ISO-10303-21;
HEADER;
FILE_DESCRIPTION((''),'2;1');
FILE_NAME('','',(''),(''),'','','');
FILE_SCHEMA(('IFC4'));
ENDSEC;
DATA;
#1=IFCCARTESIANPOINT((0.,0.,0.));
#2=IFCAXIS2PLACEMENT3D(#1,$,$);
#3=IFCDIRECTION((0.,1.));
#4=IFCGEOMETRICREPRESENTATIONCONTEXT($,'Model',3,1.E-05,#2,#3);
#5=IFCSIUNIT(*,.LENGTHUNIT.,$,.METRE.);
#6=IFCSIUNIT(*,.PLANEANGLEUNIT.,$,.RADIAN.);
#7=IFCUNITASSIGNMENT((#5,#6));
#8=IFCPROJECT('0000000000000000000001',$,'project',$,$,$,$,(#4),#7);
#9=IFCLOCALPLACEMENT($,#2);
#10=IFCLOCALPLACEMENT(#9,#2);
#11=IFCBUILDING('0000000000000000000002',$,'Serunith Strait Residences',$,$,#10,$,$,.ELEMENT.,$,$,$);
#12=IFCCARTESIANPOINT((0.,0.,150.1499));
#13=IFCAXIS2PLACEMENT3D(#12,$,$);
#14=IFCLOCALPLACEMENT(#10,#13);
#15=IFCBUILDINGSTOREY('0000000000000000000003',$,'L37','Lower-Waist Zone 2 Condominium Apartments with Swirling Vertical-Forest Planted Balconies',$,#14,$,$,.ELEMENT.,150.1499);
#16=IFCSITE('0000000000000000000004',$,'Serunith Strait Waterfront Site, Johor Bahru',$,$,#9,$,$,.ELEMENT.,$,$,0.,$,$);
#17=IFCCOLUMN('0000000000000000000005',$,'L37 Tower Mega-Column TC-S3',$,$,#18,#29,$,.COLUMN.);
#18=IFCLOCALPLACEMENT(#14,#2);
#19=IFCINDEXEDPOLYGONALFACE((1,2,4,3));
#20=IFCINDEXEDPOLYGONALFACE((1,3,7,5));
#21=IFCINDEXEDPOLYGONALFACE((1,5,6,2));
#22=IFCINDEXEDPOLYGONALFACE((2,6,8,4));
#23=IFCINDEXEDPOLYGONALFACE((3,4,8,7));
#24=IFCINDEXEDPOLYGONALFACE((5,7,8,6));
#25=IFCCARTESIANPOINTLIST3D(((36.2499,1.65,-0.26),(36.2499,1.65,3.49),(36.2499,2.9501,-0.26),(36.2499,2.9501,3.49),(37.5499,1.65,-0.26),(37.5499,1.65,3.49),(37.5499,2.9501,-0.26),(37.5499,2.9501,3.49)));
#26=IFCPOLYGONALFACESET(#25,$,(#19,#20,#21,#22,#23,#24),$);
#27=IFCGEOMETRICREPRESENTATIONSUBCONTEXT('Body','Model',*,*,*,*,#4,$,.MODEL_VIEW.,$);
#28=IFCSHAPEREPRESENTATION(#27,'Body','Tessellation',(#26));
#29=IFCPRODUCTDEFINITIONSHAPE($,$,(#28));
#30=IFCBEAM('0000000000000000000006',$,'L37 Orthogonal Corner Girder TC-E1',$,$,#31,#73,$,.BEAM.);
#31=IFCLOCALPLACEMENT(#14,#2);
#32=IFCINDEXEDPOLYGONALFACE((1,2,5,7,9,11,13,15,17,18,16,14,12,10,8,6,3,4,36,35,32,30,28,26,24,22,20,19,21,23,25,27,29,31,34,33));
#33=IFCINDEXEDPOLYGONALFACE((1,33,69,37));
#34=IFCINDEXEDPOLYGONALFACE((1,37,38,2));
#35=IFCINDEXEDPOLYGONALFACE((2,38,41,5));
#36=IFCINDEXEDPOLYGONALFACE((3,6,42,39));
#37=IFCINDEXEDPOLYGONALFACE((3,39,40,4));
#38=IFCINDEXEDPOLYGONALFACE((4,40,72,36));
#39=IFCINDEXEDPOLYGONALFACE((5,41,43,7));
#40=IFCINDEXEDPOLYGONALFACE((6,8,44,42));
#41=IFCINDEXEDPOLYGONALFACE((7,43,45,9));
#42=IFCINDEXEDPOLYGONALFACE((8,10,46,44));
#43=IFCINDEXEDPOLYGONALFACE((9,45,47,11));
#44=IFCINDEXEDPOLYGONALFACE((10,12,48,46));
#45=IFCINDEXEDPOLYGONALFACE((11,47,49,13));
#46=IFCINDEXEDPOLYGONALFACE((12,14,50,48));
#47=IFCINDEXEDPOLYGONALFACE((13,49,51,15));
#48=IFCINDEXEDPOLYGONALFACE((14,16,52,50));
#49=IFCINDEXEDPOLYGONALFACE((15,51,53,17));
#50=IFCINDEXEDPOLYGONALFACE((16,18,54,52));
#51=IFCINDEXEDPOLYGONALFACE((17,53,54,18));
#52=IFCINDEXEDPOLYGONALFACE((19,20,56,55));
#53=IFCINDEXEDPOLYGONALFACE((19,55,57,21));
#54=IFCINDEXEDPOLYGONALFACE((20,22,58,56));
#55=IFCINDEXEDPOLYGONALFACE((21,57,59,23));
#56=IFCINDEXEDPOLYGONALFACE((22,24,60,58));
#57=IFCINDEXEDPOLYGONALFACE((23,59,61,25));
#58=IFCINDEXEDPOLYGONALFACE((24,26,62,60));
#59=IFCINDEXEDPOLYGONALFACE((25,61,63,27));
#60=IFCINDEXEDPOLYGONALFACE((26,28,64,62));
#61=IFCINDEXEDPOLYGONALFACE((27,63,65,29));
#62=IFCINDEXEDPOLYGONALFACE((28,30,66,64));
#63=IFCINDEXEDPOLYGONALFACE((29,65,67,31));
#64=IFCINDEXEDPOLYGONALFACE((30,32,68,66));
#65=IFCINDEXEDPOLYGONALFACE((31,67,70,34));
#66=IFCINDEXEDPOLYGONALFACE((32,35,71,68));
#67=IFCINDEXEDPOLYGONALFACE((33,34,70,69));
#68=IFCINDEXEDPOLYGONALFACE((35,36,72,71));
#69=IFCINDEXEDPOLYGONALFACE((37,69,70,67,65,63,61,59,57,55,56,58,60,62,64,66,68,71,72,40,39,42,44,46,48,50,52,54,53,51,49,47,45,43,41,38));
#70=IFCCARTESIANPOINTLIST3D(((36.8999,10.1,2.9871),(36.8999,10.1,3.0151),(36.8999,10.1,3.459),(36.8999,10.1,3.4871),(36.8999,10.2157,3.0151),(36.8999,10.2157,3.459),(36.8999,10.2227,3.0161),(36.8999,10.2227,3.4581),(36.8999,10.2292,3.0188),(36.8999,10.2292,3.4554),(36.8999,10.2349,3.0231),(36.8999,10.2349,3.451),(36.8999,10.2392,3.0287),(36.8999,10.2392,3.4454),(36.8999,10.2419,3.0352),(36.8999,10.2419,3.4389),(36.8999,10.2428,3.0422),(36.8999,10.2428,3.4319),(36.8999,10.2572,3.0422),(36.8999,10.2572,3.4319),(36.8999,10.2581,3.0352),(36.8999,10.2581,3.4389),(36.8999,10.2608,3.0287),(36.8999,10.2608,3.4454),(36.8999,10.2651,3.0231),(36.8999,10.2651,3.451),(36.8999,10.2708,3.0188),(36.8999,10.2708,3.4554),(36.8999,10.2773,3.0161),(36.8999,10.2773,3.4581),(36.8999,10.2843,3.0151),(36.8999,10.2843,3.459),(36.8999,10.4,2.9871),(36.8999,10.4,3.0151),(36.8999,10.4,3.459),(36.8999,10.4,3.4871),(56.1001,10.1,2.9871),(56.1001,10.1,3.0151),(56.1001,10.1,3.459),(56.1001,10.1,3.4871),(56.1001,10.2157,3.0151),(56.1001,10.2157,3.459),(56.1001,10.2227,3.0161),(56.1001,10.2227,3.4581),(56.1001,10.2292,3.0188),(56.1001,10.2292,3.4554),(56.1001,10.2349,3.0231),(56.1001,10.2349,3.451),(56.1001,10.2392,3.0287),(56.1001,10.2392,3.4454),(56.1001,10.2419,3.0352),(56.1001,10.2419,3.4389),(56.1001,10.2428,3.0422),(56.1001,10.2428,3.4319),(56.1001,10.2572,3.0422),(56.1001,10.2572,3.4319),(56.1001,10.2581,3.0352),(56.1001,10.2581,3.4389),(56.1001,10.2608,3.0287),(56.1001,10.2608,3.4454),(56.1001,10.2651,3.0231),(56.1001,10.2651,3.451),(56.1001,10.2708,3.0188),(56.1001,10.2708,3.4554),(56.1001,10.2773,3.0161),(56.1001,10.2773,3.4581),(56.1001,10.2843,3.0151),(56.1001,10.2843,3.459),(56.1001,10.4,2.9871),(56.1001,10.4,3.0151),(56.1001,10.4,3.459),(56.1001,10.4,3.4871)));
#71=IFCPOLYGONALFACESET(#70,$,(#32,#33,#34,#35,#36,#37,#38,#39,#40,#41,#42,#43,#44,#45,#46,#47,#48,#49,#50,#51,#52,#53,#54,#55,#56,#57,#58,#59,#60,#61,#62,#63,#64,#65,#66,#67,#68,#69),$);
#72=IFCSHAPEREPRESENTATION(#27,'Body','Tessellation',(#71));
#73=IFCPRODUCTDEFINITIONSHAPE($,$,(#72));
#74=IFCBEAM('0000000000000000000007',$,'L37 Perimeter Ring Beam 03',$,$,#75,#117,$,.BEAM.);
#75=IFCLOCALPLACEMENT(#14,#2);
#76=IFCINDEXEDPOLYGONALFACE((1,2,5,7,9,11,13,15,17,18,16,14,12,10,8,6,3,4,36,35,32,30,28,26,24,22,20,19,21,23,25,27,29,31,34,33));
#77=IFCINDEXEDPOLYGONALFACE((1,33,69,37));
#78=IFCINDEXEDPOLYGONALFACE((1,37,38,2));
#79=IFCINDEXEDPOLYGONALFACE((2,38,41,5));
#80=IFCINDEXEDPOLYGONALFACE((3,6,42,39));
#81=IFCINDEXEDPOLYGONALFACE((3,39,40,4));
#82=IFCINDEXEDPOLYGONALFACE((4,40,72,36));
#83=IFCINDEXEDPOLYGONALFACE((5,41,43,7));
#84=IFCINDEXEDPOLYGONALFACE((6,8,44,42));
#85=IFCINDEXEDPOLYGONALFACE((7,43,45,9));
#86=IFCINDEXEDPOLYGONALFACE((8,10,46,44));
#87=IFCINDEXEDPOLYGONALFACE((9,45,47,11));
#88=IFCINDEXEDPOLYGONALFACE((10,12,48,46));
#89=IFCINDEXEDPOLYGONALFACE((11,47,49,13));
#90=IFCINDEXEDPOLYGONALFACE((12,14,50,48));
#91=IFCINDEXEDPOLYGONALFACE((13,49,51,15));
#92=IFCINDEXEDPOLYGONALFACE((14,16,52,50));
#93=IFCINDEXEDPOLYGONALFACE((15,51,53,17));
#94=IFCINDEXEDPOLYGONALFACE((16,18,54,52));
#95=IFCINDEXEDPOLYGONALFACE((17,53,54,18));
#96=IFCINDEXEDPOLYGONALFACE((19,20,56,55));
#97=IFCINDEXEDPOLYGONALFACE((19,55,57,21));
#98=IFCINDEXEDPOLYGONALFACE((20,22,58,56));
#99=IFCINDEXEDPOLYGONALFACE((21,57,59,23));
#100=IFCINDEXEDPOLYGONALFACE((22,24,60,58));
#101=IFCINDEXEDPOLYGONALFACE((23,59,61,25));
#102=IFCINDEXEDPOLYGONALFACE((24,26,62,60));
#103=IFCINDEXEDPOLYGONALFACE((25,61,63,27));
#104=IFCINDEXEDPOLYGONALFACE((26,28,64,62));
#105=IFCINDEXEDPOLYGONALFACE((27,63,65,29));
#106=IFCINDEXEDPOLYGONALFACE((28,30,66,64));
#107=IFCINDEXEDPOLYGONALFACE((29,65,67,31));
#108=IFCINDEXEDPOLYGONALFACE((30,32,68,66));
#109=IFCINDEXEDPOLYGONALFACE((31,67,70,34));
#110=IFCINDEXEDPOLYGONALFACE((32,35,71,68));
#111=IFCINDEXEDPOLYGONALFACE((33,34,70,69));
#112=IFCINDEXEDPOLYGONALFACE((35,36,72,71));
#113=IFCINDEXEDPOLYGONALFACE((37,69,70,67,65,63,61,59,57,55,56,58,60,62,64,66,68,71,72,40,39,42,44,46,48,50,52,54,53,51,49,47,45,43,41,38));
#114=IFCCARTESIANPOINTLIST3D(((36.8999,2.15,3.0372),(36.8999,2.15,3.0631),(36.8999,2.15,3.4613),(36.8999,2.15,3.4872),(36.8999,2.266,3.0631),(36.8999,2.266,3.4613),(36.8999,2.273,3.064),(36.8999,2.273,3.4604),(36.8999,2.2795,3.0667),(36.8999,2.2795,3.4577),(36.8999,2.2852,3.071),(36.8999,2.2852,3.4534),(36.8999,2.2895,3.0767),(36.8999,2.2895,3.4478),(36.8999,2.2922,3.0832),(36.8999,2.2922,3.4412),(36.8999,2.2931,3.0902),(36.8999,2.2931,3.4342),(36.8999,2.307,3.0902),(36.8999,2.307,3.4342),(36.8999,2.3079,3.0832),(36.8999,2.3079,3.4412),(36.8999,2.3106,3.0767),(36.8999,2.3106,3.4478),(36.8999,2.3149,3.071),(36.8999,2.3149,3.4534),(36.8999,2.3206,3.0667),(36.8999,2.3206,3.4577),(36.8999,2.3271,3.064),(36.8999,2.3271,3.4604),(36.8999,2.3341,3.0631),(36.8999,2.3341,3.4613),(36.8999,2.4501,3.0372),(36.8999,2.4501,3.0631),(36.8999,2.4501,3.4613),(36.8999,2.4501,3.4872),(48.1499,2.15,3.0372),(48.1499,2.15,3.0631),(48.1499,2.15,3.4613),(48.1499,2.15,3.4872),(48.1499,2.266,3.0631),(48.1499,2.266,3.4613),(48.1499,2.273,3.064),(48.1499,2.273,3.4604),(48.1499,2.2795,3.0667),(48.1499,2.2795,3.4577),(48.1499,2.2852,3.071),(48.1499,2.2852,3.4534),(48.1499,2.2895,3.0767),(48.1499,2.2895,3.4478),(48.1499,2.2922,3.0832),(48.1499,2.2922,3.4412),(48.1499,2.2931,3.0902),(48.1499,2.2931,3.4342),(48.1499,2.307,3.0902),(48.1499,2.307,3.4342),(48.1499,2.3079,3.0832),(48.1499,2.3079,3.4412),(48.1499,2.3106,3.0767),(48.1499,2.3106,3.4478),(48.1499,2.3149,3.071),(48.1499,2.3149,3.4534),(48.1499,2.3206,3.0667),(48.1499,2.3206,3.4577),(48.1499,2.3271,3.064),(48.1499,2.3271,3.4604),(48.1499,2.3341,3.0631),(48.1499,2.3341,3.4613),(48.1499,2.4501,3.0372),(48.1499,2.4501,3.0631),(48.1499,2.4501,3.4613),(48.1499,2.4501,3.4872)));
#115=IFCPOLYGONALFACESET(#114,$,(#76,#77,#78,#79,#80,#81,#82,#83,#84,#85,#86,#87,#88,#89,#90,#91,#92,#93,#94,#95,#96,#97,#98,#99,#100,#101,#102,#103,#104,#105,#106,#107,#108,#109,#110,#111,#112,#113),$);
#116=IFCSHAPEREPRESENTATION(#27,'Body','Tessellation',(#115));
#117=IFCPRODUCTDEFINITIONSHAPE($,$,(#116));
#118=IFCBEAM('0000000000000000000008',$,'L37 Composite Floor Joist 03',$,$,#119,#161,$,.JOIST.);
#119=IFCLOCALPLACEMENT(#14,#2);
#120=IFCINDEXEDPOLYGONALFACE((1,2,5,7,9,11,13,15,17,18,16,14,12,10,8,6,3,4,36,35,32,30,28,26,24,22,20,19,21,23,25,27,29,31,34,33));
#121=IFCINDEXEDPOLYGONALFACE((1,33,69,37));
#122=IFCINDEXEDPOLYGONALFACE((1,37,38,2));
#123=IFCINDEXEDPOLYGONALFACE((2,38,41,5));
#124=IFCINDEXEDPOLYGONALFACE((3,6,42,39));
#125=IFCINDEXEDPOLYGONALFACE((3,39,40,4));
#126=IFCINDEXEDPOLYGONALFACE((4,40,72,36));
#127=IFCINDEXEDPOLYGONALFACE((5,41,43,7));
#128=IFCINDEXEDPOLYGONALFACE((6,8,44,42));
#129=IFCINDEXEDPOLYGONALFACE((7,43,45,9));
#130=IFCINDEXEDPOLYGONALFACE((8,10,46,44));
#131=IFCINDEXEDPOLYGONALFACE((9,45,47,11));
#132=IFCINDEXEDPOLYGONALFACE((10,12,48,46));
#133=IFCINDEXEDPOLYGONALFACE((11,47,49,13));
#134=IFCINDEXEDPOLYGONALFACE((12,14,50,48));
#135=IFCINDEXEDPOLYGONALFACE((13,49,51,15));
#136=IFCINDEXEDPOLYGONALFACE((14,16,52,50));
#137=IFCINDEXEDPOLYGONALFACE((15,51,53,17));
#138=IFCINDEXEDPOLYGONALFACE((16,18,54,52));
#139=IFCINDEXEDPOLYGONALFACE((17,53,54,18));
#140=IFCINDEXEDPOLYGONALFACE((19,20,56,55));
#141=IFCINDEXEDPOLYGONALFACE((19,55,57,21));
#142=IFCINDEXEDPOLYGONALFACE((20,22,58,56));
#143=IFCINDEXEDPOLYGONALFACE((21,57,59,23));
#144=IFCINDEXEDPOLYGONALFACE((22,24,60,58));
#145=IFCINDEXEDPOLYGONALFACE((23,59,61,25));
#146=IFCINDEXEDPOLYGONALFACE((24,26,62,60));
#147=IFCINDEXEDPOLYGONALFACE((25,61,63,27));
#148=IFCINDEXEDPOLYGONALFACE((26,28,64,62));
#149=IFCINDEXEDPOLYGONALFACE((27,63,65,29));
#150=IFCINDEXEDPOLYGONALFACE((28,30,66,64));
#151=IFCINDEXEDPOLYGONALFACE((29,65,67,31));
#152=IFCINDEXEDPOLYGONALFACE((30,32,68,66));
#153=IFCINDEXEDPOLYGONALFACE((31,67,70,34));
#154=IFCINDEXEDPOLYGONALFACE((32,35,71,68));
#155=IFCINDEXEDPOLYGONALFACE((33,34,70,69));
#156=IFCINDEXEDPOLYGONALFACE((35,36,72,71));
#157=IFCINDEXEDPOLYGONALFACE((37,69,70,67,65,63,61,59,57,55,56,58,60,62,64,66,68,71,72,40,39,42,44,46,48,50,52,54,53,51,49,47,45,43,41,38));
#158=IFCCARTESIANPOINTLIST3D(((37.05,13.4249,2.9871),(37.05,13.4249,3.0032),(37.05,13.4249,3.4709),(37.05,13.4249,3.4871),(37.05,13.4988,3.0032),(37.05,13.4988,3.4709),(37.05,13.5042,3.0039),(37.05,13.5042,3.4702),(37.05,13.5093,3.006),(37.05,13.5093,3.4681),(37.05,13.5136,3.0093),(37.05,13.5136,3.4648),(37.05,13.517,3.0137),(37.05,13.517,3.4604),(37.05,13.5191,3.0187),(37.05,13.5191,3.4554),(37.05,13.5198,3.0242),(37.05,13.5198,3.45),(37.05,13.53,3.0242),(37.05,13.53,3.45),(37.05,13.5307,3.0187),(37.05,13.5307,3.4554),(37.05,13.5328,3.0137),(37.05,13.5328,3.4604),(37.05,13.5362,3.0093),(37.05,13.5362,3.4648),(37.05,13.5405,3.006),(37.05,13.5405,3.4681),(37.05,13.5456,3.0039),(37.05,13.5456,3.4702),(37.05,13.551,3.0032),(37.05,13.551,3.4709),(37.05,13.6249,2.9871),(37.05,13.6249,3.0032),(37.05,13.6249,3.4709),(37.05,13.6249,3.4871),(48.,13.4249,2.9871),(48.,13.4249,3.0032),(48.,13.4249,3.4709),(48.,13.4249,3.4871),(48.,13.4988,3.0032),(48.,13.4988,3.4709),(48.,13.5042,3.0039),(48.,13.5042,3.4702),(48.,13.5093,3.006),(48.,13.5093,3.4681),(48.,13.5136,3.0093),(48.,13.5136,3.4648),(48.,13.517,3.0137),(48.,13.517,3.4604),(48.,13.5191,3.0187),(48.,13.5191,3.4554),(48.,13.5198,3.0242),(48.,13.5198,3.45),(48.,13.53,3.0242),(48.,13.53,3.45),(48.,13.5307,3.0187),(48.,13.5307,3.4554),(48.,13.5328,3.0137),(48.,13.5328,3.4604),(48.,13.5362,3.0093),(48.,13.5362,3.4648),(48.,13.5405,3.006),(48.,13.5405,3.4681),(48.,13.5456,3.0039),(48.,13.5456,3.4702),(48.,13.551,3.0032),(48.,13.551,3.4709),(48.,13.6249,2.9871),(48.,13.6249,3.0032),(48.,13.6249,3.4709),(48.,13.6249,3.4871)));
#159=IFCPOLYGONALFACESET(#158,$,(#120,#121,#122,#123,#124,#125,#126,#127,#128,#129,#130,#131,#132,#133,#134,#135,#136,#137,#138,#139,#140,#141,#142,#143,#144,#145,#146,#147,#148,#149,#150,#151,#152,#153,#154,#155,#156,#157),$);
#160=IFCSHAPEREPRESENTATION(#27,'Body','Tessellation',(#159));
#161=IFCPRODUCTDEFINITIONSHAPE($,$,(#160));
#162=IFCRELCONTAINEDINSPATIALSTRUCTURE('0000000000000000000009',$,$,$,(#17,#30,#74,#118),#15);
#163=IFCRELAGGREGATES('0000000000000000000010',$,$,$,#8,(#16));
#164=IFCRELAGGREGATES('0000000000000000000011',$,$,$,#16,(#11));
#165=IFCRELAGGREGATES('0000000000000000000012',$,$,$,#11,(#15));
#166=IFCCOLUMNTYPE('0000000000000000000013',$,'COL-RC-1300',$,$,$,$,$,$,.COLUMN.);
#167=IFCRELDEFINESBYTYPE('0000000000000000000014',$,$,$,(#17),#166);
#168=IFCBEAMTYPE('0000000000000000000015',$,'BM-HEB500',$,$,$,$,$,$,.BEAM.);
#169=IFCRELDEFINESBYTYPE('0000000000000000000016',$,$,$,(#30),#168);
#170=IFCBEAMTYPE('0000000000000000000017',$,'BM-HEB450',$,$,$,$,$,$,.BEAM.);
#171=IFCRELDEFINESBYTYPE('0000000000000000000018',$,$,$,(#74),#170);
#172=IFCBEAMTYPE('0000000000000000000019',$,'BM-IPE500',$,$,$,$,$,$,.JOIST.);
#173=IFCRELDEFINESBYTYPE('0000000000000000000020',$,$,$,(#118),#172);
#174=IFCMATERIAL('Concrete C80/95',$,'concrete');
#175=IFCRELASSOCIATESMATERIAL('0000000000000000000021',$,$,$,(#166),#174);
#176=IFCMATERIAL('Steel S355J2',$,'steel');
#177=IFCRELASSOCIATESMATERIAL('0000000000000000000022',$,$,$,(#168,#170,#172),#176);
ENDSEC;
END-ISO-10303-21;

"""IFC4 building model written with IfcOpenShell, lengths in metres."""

from ifc_helpers import new_model, si_unit, direction, frame, origin, origin_2d, place, context, subcontext, project, spatial, rectangle, i_section, extrude, source, transform, mapped, material, material_profile, profile_set, type_object, element, save


model = new_model("IFC4")

# Units and contexts
model_context = context("Model", 3, precision=1e-05, world=origin(), true_north=direction((0.0, 1.0)))
body_context = subcontext(model_context, "Body", "Model", "MODEL_VIEW")
ifc_project = project(units=[si_unit("LENGTHUNIT", "METRE"), si_unit("PLANEANGLEUNIT", "RADIAN")], contexts=[model_context])

# Site, building, storey
site_placement = place(None, origin())
site = spatial("IfcSite", under=ifc_project, at=site_placement, Name="Serunith Strait Waterfront Site, Johor Bahru", CompositionType="ELEMENT", RefElevation=0.0)
building_placement = place(site_placement, origin())
building = spatial("IfcBuilding", under=site, at=building_placement, Name="Serunith Strait Residences", CompositionType="ELEMENT")
storey_placement = place(building_placement, frame((0.0, 0.0, 150.1499)))
storey = spatial("IfcBuildingStorey", under=building, at=storey_placement, Name="L37", Description="Lower-Waist Zone 2 Condominium Apartments with Swirling Vertical-Forest Planted Balconies", CompositionType="ELEMENT", Elevation=150.1499)

# Column
ifc_material_1 = material(Name="Concrete C80/95", Category="concrete")
ifc_material_profile_1 = material_profile(ifc_material_1, rectangle(XDim=1.3, YDim=1.3, at=origin_2d()), Name="RC 1300x1300")
ifc_profile_set_1 = profile_set([ifc_material_profile_1], Name="Concrete C80/95")
column_type = type_object("IfcColumnType", Name="COL-RC-1300", PredefinedType="COLUMN", material=ifc_profile_set_1)
shared_shape_1 = source(origin(), body_context, "Body", "SweptSolid", [
    extrude(rectangle(XDim=1.3, YDim=1.3, at=origin_2d()), origin(), (0.0, 0.0, 1.0), 3.75),
])
column_placement = place(storey_placement, frame((36.8999, 2.3, -0.26), z_axis=(0.0, 0.0, 1.0), x_axis=(1.0, 0.0, 0.0)))
element("IfcColumn", 1, at=column_placement, inside=storey, type_object=column_type, Name="L37 Tower Mega-Column TC-S3", PredefinedType="COLUMN", context=body_context, shape_type="MappedRepresentation", body=[
    mapped(shared_shape_1, transform((0.0, 0.0, 0.0), scale=1.0)),
])

# Beams
ifc_material_2 = material(Name="Steel S355J2", Category="steel")
ifc_material_profile_2 = material_profile(ifc_material_2, i_section(OverallWidth=0.3, OverallDepth=0.5, WebThickness=0.0144, FlangeThickness=0.0281, FilletRadius=0.0271, at=origin_2d()), Name="HEB 500")
ifc_profile_set_2 = profile_set([ifc_material_profile_2], Name="Steel S355J2")
beam_type_1 = type_object("IfcBeamType", Name="BM-HEB500", PredefinedType="BEAM", material=ifc_profile_set_2)
shared_shape_2 = source(origin(), body_context, "Body", "SweptSolid", [
    extrude(i_section(OverallWidth=0.3, OverallDepth=0.5, WebThickness=0.0144, FlangeThickness=0.0281, FilletRadius=0.0271, at=origin_2d()), origin(), (0.0, 0.0, 1.0), 19.2002),
])
beam_1_placement = place(storey_placement, frame((36.8999, 10.25, 3.2371), z_axis=(1.0, 0.0, 0.0), x_axis=(0.0, 1.0, 0.0)))
element("IfcBeam", 2, at=beam_1_placement, inside=storey, type_object=beam_type_1, Name="L37 Orthogonal Corner Girder TC-E1", PredefinedType="BEAM", context=body_context, shape_type="MappedRepresentation", body=[
    mapped(shared_shape_2, transform((0.0, 0.0, 0.0), scale=1.0)),
])
ifc_material_profile_3 = material_profile(ifc_material_2, i_section(OverallWidth=0.3, OverallDepth=0.45, WebThickness=0.0139, FlangeThickness=0.0259, FilletRadius=0.0271, at=origin_2d()), Name="HEB 450")
ifc_profile_set_3 = profile_set([ifc_material_profile_3], Name="Steel S355J2")
beam_type_2 = type_object("IfcBeamType", Name="BM-HEB450", PredefinedType="BEAM", material=ifc_profile_set_3)
shared_shape_3 = source(origin(), body_context, "Body", "SweptSolid", [
    extrude(i_section(OverallWidth=0.3, OverallDepth=0.45, WebThickness=0.0139, FlangeThickness=0.0259, FilletRadius=0.0271, at=origin_2d()), origin(), (0.0, 0.0, 1.0), 11.25),
])
beam_2_placement = place(storey_placement, frame((36.8999, 2.3, 3.2622), z_axis=(1.0, 0.0, 0.0), x_axis=(0.0, 1.0, 0.0)))
element("IfcBeam", 3, at=beam_2_placement, inside=storey, type_object=beam_type_2, Name="L37 Perimeter Ring Beam 03", PredefinedType="BEAM", context=body_context, shape_type="MappedRepresentation", body=[
    mapped(shared_shape_3, transform((0.0, 0.0, 0.0), scale=1.0)),
])
ifc_material_profile_4 = material_profile(ifc_material_2, i_section(OverallWidth=0.2, OverallDepth=0.5, WebThickness=0.0103, FlangeThickness=0.0161, FilletRadius=0.021, at=origin_2d()), Name="IPE 500")
ifc_profile_set_4 = profile_set([ifc_material_profile_4], Name="Steel S355J2")
beam_type_3 = type_object("IfcBeamType", Name="BM-IPE500", PredefinedType="JOIST", material=ifc_profile_set_4)
shared_shape_4 = source(origin(), body_context, "Body", "SweptSolid", [
    extrude(i_section(OverallWidth=0.2, OverallDepth=0.5, WebThickness=0.0103, FlangeThickness=0.0161, FilletRadius=0.021, at=origin_2d()), origin(), (0.0, 0.0, 1.0), 10.95),
])
beam_3_placement = place(storey_placement, frame((37.05, 13.5249, 3.2371), z_axis=(1.0, 0.0, 0.0), x_axis=(0.0, 1.0, 0.0)))
element("IfcBeam", 4, at=beam_3_placement, inside=storey, type_object=beam_type_3, Name="L37 Composite Floor Joist 03", PredefinedType="JOIST", context=body_context, shape_type="MappedRepresentation", body=[
    mapped(shared_shape_4, transform((0.0, 0.0, 0.0), scale=1.0)),
])

save(model, "model.ifc")
